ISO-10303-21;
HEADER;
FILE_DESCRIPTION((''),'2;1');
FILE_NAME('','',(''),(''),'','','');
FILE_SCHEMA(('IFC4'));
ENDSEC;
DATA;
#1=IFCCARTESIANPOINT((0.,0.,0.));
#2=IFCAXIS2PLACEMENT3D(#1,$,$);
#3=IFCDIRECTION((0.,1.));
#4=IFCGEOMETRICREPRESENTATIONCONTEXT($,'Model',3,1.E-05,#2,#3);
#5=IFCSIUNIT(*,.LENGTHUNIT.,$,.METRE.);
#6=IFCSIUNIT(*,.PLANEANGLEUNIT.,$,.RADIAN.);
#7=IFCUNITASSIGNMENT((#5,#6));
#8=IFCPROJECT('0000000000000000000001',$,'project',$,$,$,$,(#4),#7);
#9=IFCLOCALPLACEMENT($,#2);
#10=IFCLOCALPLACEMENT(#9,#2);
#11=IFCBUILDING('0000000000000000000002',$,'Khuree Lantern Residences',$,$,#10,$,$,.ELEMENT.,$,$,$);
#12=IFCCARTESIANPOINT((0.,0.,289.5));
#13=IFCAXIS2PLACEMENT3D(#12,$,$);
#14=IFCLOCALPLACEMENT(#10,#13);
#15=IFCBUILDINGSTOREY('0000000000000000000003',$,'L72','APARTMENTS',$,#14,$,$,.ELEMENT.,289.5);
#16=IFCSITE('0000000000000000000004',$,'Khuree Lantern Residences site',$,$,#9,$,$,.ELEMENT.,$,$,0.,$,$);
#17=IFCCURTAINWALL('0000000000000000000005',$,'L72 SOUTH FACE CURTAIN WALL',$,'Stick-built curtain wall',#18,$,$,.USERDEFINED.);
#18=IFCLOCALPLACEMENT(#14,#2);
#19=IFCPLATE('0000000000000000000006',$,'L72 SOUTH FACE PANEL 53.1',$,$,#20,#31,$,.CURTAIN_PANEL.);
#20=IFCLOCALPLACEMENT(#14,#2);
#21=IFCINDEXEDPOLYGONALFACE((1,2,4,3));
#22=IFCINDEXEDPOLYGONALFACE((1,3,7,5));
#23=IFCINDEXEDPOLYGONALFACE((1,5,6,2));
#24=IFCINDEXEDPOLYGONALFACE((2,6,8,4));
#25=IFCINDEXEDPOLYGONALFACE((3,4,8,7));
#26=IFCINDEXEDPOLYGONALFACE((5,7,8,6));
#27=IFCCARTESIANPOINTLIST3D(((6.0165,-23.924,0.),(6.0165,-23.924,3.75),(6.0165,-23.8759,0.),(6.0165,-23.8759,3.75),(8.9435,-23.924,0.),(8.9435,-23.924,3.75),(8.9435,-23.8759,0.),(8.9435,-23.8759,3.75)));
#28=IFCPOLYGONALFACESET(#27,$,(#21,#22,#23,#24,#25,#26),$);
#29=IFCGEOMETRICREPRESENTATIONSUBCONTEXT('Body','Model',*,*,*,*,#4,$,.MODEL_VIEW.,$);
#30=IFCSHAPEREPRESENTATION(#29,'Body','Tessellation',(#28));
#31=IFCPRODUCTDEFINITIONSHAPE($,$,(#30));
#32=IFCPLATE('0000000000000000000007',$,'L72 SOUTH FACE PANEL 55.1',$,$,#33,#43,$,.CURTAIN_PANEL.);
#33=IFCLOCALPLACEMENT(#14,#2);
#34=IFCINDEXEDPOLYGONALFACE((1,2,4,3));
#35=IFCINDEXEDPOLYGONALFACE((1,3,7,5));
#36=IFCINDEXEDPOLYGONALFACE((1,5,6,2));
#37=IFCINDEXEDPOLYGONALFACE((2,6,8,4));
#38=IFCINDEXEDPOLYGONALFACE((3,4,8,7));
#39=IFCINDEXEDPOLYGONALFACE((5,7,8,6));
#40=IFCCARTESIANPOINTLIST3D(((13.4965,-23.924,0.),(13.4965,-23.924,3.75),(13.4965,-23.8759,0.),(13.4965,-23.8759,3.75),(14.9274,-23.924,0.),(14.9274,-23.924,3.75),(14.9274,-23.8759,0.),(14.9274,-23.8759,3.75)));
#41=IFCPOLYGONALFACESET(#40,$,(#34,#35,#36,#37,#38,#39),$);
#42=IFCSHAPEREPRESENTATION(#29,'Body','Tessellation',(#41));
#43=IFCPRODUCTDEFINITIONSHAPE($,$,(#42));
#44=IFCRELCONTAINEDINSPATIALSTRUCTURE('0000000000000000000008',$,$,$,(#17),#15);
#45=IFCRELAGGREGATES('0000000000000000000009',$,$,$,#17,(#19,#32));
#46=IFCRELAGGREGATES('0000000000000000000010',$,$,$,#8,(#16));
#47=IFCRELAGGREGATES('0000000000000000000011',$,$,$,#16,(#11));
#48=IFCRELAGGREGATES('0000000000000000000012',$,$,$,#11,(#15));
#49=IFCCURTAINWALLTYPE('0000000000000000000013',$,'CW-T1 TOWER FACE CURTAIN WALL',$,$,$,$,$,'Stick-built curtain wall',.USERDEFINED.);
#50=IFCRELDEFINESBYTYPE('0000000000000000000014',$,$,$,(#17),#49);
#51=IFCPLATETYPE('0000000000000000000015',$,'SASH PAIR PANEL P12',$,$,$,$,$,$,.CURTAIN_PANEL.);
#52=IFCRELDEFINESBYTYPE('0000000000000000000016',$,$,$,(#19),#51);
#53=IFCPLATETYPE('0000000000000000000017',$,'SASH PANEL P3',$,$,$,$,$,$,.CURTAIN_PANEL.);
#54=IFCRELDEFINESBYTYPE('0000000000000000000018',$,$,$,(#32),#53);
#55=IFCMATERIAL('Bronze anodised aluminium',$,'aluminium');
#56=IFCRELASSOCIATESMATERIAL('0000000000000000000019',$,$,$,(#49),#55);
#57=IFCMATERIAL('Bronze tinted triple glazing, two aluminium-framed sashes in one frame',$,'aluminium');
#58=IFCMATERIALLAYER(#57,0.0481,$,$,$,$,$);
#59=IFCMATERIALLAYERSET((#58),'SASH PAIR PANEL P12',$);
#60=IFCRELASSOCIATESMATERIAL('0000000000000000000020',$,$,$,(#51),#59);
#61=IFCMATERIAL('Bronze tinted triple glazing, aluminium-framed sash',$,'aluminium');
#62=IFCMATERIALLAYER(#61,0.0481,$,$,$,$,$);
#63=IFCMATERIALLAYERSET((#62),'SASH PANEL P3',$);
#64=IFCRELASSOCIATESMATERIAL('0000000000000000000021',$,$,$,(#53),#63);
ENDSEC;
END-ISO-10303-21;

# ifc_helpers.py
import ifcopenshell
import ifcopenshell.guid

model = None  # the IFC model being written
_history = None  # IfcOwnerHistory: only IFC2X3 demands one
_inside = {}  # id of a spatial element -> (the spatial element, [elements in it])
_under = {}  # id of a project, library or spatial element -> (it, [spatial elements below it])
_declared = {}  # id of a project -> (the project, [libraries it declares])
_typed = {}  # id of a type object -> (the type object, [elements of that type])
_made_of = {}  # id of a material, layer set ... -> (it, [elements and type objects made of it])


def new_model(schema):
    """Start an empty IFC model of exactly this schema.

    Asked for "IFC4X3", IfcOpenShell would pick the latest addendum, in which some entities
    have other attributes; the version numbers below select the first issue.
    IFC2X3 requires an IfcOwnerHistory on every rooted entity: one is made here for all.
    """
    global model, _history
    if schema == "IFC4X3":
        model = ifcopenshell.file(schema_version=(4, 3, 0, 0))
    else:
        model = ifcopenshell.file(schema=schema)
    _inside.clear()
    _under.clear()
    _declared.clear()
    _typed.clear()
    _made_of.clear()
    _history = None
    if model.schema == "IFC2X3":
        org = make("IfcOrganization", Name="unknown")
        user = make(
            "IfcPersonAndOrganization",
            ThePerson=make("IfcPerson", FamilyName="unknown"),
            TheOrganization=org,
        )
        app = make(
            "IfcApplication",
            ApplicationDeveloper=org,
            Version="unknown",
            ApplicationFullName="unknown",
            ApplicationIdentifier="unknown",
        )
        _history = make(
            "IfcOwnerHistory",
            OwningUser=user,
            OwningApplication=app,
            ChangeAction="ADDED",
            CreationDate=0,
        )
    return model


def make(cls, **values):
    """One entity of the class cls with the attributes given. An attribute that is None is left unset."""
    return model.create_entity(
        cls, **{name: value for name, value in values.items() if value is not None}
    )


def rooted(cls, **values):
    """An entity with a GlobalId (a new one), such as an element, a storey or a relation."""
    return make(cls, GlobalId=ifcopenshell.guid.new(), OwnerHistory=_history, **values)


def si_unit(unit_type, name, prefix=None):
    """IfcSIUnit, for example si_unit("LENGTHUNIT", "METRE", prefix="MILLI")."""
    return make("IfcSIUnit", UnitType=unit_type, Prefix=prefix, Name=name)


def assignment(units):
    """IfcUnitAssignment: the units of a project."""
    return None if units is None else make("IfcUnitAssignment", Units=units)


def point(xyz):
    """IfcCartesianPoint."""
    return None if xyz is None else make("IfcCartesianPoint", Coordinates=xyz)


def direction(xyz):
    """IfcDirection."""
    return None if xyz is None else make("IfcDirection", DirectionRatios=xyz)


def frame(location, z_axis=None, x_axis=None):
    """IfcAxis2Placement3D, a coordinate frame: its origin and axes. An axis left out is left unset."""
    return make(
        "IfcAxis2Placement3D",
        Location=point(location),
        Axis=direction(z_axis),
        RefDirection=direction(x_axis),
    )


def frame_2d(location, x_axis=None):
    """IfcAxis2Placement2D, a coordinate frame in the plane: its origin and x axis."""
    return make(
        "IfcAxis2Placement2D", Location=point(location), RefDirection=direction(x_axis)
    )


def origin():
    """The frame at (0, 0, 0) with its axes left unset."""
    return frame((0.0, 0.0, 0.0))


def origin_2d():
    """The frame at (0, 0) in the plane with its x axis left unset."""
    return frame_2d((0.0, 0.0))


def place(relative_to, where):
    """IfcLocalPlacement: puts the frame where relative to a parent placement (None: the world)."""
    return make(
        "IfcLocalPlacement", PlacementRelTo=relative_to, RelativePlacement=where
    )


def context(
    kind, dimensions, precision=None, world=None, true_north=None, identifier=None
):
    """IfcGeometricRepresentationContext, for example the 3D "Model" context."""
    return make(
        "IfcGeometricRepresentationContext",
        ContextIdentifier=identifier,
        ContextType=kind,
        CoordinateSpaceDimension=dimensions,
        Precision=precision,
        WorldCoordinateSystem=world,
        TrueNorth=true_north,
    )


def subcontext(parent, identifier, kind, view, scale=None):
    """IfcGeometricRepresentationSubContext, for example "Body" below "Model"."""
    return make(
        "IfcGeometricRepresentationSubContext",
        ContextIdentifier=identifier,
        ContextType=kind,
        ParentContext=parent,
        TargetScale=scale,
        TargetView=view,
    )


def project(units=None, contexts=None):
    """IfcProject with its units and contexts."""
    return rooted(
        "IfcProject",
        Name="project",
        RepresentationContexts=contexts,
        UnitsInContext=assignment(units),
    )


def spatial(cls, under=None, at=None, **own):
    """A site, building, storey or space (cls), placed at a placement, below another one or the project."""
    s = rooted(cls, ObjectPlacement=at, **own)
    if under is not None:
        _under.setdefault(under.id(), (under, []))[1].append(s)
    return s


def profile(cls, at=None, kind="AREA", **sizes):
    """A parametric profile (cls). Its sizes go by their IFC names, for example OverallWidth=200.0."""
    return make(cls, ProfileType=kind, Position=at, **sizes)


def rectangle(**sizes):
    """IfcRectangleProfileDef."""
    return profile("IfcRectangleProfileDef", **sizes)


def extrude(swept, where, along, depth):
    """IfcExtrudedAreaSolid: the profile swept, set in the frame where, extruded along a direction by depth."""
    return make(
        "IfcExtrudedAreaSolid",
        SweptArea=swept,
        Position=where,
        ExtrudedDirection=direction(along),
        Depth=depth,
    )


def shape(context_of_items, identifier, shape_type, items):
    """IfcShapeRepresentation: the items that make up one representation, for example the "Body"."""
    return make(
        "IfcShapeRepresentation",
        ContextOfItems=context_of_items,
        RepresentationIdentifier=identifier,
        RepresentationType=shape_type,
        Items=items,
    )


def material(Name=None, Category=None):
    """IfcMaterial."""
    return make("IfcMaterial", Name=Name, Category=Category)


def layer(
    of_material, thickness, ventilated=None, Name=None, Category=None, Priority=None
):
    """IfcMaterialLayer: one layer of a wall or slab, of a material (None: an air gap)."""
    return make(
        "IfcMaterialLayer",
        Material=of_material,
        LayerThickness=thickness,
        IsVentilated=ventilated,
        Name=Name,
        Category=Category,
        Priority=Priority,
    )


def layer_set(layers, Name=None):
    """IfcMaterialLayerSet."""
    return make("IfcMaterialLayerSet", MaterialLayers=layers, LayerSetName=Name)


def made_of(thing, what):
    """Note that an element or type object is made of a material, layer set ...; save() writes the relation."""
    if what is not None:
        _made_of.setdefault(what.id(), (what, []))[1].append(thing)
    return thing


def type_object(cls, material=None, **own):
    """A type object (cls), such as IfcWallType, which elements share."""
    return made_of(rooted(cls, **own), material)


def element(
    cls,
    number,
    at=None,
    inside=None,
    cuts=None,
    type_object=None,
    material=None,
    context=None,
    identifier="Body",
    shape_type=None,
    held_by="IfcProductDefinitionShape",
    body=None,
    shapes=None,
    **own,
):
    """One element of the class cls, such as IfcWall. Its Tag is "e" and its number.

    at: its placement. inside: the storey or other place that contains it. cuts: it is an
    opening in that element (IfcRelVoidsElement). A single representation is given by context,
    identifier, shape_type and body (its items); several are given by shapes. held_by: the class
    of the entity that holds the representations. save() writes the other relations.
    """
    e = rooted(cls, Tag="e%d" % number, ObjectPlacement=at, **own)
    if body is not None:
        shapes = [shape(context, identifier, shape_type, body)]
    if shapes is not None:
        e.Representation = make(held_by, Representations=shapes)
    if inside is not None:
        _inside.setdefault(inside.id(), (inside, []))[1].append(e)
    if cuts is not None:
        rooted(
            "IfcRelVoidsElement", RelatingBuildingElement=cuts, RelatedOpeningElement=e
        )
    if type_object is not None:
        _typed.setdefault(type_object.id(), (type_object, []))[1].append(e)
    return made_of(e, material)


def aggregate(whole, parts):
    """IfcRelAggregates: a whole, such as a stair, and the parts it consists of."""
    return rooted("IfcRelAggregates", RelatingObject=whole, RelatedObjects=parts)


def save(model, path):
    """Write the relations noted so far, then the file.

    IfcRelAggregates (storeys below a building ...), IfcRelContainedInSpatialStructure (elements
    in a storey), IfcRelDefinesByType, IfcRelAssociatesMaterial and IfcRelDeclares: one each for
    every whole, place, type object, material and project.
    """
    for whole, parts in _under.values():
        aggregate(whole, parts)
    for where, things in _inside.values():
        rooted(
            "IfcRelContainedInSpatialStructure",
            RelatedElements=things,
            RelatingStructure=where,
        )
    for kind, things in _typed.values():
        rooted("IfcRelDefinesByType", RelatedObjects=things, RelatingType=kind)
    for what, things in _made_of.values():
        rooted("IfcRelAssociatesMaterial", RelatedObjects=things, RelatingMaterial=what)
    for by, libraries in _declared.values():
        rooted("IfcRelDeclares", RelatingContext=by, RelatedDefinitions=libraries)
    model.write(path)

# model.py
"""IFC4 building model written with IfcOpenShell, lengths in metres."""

from ifc_helpers import new_model, si_unit, direction, frame, origin, origin_2d, place, context, subcontext, project, spatial, rectangle, extrude, material, layer, layer_set, type_object, element, aggregate, save


model = new_model("IFC4")

# Units and contexts
model_context = context("Model", 3, precision=1e-05, world=origin(), true_north=direction((0.0, 1.0)))
body_context = subcontext(model_context, "Body", "Model", "MODEL_VIEW")
ifc_project = project(units=[si_unit("LENGTHUNIT", "METRE"), si_unit("PLANEANGLEUNIT", "RADIAN")], contexts=[model_context])

# Site, building, storey
site_placement = place(None, origin())
site = spatial("IfcSite", under=ifc_project, at=site_placement, Name="Khuree Lantern Residences site", CompositionType="ELEMENT", RefElevation=0.0)
building_placement = place(site_placement, origin())
building = spatial("IfcBuilding", under=site, at=building_placement, Name="Khuree Lantern Residences", CompositionType="ELEMENT")
storey_placement = place(building_placement, frame((0.0, 0.0, 289.5)))
storey = spatial("IfcBuildingStorey", under=building, at=storey_placement, Name="L72", Description="APARTMENTS", CompositionType="ELEMENT", Elevation=289.5)

# Curtain wall
ifc_material_1 = material(Name="Bronze anodised aluminium", Category="aluminium")
curtain_wall_type = type_object("IfcCurtainWallType", Name="CW-T1 TOWER FACE CURTAIN WALL", ElementType="Stick-built curtain wall", PredefinedType="USERDEFINED", material=ifc_material_1)
curtain_wall_placement = place(storey_placement, origin())
curtain_wall = element("IfcCurtainWall", 1, at=curtain_wall_placement, inside=storey, type_object=curtain_wall_type, Name="L72 SOUTH FACE CURTAIN WALL", ObjectType="Stick-built curtain wall", PredefinedType="USERDEFINED")

# Plates
ifc_material_2 = material(Name="Bronze tinted triple glazing, two aluminium-framed sashes in one frame", Category="aluminium")
ifc_layer_1 = layer(ifc_material_2, 0.0481)
ifc_layer_set_1 = layer_set([ifc_layer_1], Name="SASH PAIR PANEL P12")
plate_type_1 = type_object("IfcPlateType", Name="SASH PAIR PANEL P12", PredefinedType="CURTAIN_PANEL", material=ifc_layer_set_1)
plate_1_placement = place(storey_placement, frame((7.48, -23.8999, 0.0), z_axis=(0.0, 0.0, 1.0), x_axis=(1.0, 0.0, 0.0)))
plate_1 = element("IfcPlate", 2, at=plate_1_placement, type_object=plate_type_1, Name="L72 SOUTH FACE PANEL 53.1", PredefinedType="CURTAIN_PANEL", context=body_context, shape_type="SweptSolid", body=[
    extrude(rectangle(XDim=2.927, YDim=0.0481, at=origin_2d()), origin(), (0.0, 0.0, 1.0), 3.75),
])
ifc_material_3 = material(Name="Bronze tinted triple glazing, aluminium-framed sash", Category="aluminium")
ifc_layer_2 = layer(ifc_material_3, 0.0481)
ifc_layer_set_2 = layer_set([ifc_layer_2], Name="SASH PANEL P3")
plate_type_2 = type_object("IfcPlateType", Name="SASH PANEL P3", PredefinedType="CURTAIN_PANEL", material=ifc_layer_set_2)
plate_2_placement = place(storey_placement, frame((14.2119, -23.8999, 0.0), z_axis=(0.0, 0.0, 1.0), x_axis=(1.0, 0.0, 0.0)))
plate_2 = element("IfcPlate", 3, at=plate_2_placement, type_object=plate_type_2, Name="L72 SOUTH FACE PANEL 55.1", PredefinedType="CURTAIN_PANEL", context=body_context, shape_type="SweptSolid", body=[
    extrude(rectangle(XDim=1.4309, YDim=0.0481, at=origin_2d()), origin(), (0.0, 0.0, 1.0), 3.75),
])
aggregate(curtain_wall, [plate_1, plate_2])

save(model, "model.ifc")
